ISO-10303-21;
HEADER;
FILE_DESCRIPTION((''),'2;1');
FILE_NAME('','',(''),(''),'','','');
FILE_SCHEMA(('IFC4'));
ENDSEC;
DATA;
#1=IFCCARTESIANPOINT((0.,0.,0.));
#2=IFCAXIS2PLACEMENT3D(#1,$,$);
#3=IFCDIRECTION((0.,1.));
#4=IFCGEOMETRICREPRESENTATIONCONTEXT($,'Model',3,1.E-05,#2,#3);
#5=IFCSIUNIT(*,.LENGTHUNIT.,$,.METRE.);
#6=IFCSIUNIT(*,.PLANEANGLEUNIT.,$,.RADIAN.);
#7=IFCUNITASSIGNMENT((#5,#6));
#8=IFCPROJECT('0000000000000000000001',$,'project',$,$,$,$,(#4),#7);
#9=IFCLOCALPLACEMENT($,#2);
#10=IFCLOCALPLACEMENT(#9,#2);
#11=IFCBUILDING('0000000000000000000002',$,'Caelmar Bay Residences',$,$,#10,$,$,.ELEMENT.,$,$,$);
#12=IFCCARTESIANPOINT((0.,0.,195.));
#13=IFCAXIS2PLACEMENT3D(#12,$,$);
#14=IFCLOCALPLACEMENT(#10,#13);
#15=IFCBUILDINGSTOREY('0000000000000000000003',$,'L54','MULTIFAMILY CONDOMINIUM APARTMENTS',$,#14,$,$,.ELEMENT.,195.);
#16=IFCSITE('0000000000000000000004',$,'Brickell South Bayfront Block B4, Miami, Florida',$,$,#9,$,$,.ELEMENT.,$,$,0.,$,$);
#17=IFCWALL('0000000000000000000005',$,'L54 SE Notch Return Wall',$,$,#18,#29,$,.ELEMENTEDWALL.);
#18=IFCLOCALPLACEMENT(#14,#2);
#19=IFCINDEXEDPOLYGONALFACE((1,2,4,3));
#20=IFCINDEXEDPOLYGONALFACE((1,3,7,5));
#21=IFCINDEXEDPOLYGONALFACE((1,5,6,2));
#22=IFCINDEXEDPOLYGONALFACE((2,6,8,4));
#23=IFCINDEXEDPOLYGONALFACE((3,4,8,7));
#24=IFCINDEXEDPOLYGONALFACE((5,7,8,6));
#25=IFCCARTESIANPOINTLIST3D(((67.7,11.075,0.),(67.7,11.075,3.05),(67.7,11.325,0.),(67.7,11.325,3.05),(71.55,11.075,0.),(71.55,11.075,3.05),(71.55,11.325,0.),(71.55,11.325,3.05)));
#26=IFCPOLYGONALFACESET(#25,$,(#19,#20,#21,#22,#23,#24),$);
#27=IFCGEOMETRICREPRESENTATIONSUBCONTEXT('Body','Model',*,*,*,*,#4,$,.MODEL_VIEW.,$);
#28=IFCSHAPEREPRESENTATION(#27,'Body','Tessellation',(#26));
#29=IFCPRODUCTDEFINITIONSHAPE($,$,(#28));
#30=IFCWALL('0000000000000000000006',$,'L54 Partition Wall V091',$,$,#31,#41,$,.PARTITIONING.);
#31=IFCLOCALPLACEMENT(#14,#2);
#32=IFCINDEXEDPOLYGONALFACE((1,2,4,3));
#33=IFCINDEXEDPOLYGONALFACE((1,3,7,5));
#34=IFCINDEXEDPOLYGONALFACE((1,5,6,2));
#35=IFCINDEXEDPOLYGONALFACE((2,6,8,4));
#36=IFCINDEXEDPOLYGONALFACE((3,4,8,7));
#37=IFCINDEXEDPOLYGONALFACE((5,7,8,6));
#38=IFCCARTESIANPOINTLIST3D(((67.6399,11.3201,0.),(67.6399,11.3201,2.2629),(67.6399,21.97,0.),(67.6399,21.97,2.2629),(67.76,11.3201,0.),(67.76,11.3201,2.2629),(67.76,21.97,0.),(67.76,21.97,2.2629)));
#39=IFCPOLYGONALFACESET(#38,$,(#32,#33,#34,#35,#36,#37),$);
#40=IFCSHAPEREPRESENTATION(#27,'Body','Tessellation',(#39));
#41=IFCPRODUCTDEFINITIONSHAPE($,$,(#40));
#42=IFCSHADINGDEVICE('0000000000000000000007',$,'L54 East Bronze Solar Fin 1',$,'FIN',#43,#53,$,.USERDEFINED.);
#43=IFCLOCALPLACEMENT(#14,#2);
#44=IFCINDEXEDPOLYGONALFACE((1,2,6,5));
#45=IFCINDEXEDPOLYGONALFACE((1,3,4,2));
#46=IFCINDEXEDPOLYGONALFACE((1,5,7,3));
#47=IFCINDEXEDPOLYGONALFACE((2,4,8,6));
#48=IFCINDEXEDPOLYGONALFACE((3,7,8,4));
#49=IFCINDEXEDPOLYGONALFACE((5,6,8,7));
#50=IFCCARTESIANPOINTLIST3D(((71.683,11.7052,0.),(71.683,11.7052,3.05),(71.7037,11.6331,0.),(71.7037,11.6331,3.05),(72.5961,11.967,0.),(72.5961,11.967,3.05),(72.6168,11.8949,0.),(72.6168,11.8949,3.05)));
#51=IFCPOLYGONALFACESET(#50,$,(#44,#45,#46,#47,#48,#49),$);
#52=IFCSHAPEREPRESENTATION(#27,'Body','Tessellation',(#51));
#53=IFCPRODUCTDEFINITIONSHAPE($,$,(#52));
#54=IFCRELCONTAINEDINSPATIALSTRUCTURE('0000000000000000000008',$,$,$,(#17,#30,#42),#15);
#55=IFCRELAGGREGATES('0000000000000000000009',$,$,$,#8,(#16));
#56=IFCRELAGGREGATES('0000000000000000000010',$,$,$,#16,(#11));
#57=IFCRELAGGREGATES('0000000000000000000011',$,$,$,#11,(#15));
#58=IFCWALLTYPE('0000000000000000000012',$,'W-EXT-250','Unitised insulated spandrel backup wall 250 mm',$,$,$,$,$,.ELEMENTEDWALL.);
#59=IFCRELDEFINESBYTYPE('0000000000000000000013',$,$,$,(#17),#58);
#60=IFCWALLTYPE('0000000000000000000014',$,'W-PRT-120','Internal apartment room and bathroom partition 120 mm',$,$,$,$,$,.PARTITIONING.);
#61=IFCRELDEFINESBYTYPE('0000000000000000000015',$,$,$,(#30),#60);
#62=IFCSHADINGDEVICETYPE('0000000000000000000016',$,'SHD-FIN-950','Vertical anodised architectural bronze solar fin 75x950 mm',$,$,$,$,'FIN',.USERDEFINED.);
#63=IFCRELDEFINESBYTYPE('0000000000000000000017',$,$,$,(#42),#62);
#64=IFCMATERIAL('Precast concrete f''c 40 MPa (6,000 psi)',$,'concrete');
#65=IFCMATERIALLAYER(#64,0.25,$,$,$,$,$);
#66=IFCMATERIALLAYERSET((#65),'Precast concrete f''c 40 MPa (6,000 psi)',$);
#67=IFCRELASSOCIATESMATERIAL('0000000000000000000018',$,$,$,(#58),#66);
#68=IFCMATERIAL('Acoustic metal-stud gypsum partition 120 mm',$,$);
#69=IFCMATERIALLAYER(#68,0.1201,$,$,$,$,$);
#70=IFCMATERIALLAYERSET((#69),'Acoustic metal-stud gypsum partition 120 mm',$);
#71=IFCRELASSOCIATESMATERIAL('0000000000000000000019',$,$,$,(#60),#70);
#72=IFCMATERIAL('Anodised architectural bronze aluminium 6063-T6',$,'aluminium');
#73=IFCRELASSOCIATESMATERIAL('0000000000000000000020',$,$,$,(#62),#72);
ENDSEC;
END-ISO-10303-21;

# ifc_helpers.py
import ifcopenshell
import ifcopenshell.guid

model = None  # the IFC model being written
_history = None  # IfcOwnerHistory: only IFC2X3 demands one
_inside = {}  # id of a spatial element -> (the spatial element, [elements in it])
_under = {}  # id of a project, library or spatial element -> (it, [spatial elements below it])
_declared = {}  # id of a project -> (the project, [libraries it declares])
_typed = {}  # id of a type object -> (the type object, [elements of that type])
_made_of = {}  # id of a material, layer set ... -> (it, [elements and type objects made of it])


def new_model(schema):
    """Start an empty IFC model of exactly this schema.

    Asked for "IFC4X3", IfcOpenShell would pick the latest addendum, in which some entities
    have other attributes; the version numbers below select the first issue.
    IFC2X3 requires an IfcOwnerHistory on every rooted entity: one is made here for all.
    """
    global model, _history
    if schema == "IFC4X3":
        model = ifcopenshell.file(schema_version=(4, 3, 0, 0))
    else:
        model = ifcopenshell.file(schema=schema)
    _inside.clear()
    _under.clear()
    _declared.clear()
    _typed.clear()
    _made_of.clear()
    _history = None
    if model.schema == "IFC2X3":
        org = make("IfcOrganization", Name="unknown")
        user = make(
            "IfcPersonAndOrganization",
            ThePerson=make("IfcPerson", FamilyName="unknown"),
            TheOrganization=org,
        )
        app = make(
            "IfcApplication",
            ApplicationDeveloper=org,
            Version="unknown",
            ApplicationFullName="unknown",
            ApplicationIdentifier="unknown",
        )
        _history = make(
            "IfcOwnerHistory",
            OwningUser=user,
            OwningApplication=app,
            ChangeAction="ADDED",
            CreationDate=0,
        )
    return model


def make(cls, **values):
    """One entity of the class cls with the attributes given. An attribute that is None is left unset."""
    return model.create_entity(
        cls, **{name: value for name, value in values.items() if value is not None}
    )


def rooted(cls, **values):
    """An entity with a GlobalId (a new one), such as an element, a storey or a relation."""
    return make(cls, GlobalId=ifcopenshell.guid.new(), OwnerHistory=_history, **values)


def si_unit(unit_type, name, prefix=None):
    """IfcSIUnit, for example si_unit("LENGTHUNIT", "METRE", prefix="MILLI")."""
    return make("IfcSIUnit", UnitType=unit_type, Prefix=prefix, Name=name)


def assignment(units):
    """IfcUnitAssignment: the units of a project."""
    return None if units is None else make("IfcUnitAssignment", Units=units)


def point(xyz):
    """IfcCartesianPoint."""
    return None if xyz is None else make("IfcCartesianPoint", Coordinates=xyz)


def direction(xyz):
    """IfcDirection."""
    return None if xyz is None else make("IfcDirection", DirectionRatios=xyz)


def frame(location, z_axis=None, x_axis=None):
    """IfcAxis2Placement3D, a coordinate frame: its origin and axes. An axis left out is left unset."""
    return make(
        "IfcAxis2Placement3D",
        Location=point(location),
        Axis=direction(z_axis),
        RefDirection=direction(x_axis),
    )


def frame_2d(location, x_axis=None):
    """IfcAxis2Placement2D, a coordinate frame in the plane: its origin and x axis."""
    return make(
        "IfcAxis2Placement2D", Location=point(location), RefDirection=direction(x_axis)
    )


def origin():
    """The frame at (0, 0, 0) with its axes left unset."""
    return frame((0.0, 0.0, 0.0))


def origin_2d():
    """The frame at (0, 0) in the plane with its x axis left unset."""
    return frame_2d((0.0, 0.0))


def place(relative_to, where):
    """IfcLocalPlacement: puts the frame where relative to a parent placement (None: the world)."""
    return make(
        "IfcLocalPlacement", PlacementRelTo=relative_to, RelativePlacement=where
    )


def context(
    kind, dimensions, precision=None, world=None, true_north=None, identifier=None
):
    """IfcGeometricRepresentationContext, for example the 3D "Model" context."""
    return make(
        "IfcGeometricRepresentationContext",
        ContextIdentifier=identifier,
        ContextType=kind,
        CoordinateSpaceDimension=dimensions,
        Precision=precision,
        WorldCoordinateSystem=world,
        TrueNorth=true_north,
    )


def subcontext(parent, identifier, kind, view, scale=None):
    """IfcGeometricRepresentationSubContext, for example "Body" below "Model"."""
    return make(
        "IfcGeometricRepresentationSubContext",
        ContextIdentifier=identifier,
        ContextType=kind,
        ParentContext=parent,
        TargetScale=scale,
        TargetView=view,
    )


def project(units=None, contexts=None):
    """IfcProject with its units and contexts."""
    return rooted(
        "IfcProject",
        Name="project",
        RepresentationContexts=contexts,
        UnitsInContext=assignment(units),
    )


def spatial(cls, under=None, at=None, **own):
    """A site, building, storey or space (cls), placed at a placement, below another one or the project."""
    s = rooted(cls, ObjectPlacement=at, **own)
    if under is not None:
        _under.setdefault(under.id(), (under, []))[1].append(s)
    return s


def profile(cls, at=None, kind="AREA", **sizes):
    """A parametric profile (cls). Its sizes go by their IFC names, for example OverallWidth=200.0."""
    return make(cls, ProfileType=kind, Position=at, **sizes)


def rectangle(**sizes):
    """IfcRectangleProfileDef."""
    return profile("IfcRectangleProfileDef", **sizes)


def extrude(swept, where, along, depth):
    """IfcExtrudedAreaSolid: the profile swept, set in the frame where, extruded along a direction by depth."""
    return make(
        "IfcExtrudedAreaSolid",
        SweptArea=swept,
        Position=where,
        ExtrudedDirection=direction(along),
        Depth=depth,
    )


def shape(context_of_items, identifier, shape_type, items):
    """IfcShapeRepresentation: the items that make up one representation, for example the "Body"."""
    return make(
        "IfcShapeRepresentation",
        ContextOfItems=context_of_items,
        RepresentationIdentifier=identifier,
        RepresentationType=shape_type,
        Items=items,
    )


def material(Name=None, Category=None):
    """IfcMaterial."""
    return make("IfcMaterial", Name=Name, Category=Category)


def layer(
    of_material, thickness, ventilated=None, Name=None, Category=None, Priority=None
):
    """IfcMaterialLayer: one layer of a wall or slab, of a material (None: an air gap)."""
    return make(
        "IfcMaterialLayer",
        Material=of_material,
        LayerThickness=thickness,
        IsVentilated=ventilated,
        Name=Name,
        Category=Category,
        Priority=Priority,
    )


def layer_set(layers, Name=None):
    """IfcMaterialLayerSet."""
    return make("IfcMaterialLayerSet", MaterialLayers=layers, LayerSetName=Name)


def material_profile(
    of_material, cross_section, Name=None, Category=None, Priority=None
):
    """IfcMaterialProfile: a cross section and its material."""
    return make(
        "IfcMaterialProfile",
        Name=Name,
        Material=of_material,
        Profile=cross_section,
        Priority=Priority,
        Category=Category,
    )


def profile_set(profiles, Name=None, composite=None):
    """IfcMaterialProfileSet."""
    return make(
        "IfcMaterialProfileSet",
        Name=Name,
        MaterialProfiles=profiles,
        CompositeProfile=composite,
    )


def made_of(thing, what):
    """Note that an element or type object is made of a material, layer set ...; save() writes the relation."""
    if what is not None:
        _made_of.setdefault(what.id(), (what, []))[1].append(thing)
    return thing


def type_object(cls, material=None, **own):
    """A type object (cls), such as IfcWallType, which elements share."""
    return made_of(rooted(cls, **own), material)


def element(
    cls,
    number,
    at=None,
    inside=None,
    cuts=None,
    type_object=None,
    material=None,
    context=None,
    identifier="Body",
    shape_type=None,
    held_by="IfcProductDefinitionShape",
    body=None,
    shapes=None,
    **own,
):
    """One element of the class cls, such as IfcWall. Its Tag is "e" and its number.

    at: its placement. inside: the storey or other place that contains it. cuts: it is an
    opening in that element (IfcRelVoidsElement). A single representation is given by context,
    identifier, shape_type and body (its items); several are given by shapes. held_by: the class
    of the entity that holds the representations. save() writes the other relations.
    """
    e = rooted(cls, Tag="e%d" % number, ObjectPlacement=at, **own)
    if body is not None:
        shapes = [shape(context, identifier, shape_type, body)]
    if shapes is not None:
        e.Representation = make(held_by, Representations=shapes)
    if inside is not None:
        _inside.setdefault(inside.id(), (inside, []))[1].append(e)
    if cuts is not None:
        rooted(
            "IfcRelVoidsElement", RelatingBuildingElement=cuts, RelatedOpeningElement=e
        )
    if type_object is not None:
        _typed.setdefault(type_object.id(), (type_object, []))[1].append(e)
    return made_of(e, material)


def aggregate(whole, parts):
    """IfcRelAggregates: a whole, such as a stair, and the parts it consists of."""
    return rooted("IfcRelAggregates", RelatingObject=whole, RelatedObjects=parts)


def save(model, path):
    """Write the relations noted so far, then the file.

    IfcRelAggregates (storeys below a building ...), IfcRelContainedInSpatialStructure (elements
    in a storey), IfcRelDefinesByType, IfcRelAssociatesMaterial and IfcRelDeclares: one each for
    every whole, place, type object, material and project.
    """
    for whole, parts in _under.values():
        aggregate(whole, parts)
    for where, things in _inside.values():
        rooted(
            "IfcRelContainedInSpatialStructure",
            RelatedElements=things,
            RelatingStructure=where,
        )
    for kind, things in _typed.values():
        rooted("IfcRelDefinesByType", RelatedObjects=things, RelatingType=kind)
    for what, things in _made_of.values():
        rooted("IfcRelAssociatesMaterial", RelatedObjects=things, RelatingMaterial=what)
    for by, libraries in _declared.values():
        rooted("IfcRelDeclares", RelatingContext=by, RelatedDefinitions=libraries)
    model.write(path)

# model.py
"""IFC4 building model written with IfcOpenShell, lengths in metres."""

from ifc_helpers import new_model, si_unit, direction, frame, frame_2d, origin, origin_2d, place, context, subcontext, project, spatial, rectangle, extrude, material, layer, layer_set, material_profile, profile_set, type_object, element, save


model = new_model("IFC4")

# Units and contexts
model_context = context("Model", 3, precision=1e-05, world=origin(), true_north=direction((0.0, 1.0)))
body_context = subcontext(model_context, "Body", "Model", "MODEL_VIEW")
ifc_project = project(units=[si_unit("LENGTHUNIT", "METRE"), si_unit("PLANEANGLEUNIT", "RADIAN")], contexts=[model_context])

# Site, building, storey
site_placement = place(None, origin())
site = spatial("IfcSite", under=ifc_project, at=site_placement, Name="Brickell South Bayfront Block B4, Miami, Florida", CompositionType="ELEMENT", RefElevation=0.0)
building_placement = place(site_placement, origin())
building = spatial("IfcBuilding", under=site, at=building_placement, Name="Caelmar Bay Residences", CompositionType="ELEMENT")
storey_placement = place(building_placement, frame((0.0, 0.0, 195.0)))
storey = spatial("IfcBuildingStorey", under=building, at=storey_placement, Name="L54", Description="MULTIFAMILY CONDOMINIUM APARTMENTS", CompositionType="ELEMENT", Elevation=195.0)

# Walls
ifc_material_1 = material(Name="Precast concrete f'c 40 MPa (6,000 psi)", Category="concrete")
ifc_layer_1 = layer(ifc_material_1, 0.25)
ifc_layer_set_1 = layer_set([ifc_layer_1], Name="Precast concrete f'c 40 MPa (6,000 psi)")
wall_type_1 = type_object("IfcWallType", Name="W-EXT-250", Description="Unitised insulated spandrel backup wall 250 mm", PredefinedType="ELEMENTEDWALL", material=ifc_layer_set_1)
wall_1_placement = place(storey_placement, frame((67.7, 11.2, 0.0), z_axis=(0.0, 0.0, 1.0), x_axis=(1.0, 0.0, 0.0)))
element("IfcWall", 1, at=wall_1_placement, inside=storey, type_object=wall_type_1, Name="L54 SE Notch Return Wall", PredefinedType="ELEMENTEDWALL", context=body_context, shape_type="SweptSolid", body=[
    extrude(rectangle(XDim=3.8501, YDim=0.25, at=frame_2d((1.925, 0.0))), origin(), (0.0, 0.0, 1.0), 3.05),
])
ifc_material_2 = material(Name="Acoustic metal-stud gypsum partition 120 mm")
ifc_layer_2 = layer(ifc_material_2, 0.1201)
ifc_layer_set_2 = layer_set([ifc_layer_2], Name="Acoustic metal-stud gypsum partition 120 mm")
wall_type_2 = type_object("IfcWallType", Name="W-PRT-120", Description="Internal apartment room and bathroom partition 120 mm", PredefinedType="PARTITIONING", material=ifc_layer_set_2)
wall_2_placement = place(storey_placement, frame((67.7, 11.3201, 0.0), z_axis=(0.0, 0.0, 1.0), x_axis=(0.0, 1.0, 0.0)))
element("IfcWall", 2, at=wall_2_placement, inside=storey, type_object=wall_type_2, Name="L54 Partition Wall V091", PredefinedType="PARTITIONING", context=body_context, shape_type="SweptSolid", body=[
    extrude(rectangle(XDim=10.6499, YDim=0.1201, at=frame_2d((5.325, 0.0))), origin(), (0.0, 0.0, 1.0), 2.2629),
])

# Shading device
ifc_material_3 = material(Name="Anodised architectural bronze aluminium 6063-T6", Category="aluminium")
ifc_material_profile_1 = material_profile(ifc_material_3, rectangle(XDim=0.075, YDim=0.95, at=origin_2d()), Name="BRONZE-FIN-75X950")
ifc_profile_set_1 = profile_set([ifc_material_profile_1], Name="Anodised architectural bronze aluminium 6063-T6")
shading_device_type = type_object("IfcShadingDeviceType", Name="SHD-FIN-950", Description="Vertical anodised architectural bronze solar fin 75x950 mm", ElementType="FIN", PredefinedType="USERDEFINED", material=ifc_profile_set_1)
shading_device_placement = place(storey_placement, frame((72.1499, 11.8, 0.0), z_axis=(0.0, 0.0, 1.0), x_axis=(-0.275637, 0.961262, 0.0)))
element("IfcShadingDevice", 3, at=shading_device_placement, inside=storey, type_object=shading_device_type, Name="L54 East Bronze Solar Fin 1", ObjectType="FIN", PredefinedType="USERDEFINED", context=body_context, shape_type="SweptSolid", body=[
    extrude(rectangle(XDim=0.075, YDim=0.95, at=origin_2d()), origin(), (0.0, 0.0, 1.0), 3.05),
])

save(model, "model.ifc")
